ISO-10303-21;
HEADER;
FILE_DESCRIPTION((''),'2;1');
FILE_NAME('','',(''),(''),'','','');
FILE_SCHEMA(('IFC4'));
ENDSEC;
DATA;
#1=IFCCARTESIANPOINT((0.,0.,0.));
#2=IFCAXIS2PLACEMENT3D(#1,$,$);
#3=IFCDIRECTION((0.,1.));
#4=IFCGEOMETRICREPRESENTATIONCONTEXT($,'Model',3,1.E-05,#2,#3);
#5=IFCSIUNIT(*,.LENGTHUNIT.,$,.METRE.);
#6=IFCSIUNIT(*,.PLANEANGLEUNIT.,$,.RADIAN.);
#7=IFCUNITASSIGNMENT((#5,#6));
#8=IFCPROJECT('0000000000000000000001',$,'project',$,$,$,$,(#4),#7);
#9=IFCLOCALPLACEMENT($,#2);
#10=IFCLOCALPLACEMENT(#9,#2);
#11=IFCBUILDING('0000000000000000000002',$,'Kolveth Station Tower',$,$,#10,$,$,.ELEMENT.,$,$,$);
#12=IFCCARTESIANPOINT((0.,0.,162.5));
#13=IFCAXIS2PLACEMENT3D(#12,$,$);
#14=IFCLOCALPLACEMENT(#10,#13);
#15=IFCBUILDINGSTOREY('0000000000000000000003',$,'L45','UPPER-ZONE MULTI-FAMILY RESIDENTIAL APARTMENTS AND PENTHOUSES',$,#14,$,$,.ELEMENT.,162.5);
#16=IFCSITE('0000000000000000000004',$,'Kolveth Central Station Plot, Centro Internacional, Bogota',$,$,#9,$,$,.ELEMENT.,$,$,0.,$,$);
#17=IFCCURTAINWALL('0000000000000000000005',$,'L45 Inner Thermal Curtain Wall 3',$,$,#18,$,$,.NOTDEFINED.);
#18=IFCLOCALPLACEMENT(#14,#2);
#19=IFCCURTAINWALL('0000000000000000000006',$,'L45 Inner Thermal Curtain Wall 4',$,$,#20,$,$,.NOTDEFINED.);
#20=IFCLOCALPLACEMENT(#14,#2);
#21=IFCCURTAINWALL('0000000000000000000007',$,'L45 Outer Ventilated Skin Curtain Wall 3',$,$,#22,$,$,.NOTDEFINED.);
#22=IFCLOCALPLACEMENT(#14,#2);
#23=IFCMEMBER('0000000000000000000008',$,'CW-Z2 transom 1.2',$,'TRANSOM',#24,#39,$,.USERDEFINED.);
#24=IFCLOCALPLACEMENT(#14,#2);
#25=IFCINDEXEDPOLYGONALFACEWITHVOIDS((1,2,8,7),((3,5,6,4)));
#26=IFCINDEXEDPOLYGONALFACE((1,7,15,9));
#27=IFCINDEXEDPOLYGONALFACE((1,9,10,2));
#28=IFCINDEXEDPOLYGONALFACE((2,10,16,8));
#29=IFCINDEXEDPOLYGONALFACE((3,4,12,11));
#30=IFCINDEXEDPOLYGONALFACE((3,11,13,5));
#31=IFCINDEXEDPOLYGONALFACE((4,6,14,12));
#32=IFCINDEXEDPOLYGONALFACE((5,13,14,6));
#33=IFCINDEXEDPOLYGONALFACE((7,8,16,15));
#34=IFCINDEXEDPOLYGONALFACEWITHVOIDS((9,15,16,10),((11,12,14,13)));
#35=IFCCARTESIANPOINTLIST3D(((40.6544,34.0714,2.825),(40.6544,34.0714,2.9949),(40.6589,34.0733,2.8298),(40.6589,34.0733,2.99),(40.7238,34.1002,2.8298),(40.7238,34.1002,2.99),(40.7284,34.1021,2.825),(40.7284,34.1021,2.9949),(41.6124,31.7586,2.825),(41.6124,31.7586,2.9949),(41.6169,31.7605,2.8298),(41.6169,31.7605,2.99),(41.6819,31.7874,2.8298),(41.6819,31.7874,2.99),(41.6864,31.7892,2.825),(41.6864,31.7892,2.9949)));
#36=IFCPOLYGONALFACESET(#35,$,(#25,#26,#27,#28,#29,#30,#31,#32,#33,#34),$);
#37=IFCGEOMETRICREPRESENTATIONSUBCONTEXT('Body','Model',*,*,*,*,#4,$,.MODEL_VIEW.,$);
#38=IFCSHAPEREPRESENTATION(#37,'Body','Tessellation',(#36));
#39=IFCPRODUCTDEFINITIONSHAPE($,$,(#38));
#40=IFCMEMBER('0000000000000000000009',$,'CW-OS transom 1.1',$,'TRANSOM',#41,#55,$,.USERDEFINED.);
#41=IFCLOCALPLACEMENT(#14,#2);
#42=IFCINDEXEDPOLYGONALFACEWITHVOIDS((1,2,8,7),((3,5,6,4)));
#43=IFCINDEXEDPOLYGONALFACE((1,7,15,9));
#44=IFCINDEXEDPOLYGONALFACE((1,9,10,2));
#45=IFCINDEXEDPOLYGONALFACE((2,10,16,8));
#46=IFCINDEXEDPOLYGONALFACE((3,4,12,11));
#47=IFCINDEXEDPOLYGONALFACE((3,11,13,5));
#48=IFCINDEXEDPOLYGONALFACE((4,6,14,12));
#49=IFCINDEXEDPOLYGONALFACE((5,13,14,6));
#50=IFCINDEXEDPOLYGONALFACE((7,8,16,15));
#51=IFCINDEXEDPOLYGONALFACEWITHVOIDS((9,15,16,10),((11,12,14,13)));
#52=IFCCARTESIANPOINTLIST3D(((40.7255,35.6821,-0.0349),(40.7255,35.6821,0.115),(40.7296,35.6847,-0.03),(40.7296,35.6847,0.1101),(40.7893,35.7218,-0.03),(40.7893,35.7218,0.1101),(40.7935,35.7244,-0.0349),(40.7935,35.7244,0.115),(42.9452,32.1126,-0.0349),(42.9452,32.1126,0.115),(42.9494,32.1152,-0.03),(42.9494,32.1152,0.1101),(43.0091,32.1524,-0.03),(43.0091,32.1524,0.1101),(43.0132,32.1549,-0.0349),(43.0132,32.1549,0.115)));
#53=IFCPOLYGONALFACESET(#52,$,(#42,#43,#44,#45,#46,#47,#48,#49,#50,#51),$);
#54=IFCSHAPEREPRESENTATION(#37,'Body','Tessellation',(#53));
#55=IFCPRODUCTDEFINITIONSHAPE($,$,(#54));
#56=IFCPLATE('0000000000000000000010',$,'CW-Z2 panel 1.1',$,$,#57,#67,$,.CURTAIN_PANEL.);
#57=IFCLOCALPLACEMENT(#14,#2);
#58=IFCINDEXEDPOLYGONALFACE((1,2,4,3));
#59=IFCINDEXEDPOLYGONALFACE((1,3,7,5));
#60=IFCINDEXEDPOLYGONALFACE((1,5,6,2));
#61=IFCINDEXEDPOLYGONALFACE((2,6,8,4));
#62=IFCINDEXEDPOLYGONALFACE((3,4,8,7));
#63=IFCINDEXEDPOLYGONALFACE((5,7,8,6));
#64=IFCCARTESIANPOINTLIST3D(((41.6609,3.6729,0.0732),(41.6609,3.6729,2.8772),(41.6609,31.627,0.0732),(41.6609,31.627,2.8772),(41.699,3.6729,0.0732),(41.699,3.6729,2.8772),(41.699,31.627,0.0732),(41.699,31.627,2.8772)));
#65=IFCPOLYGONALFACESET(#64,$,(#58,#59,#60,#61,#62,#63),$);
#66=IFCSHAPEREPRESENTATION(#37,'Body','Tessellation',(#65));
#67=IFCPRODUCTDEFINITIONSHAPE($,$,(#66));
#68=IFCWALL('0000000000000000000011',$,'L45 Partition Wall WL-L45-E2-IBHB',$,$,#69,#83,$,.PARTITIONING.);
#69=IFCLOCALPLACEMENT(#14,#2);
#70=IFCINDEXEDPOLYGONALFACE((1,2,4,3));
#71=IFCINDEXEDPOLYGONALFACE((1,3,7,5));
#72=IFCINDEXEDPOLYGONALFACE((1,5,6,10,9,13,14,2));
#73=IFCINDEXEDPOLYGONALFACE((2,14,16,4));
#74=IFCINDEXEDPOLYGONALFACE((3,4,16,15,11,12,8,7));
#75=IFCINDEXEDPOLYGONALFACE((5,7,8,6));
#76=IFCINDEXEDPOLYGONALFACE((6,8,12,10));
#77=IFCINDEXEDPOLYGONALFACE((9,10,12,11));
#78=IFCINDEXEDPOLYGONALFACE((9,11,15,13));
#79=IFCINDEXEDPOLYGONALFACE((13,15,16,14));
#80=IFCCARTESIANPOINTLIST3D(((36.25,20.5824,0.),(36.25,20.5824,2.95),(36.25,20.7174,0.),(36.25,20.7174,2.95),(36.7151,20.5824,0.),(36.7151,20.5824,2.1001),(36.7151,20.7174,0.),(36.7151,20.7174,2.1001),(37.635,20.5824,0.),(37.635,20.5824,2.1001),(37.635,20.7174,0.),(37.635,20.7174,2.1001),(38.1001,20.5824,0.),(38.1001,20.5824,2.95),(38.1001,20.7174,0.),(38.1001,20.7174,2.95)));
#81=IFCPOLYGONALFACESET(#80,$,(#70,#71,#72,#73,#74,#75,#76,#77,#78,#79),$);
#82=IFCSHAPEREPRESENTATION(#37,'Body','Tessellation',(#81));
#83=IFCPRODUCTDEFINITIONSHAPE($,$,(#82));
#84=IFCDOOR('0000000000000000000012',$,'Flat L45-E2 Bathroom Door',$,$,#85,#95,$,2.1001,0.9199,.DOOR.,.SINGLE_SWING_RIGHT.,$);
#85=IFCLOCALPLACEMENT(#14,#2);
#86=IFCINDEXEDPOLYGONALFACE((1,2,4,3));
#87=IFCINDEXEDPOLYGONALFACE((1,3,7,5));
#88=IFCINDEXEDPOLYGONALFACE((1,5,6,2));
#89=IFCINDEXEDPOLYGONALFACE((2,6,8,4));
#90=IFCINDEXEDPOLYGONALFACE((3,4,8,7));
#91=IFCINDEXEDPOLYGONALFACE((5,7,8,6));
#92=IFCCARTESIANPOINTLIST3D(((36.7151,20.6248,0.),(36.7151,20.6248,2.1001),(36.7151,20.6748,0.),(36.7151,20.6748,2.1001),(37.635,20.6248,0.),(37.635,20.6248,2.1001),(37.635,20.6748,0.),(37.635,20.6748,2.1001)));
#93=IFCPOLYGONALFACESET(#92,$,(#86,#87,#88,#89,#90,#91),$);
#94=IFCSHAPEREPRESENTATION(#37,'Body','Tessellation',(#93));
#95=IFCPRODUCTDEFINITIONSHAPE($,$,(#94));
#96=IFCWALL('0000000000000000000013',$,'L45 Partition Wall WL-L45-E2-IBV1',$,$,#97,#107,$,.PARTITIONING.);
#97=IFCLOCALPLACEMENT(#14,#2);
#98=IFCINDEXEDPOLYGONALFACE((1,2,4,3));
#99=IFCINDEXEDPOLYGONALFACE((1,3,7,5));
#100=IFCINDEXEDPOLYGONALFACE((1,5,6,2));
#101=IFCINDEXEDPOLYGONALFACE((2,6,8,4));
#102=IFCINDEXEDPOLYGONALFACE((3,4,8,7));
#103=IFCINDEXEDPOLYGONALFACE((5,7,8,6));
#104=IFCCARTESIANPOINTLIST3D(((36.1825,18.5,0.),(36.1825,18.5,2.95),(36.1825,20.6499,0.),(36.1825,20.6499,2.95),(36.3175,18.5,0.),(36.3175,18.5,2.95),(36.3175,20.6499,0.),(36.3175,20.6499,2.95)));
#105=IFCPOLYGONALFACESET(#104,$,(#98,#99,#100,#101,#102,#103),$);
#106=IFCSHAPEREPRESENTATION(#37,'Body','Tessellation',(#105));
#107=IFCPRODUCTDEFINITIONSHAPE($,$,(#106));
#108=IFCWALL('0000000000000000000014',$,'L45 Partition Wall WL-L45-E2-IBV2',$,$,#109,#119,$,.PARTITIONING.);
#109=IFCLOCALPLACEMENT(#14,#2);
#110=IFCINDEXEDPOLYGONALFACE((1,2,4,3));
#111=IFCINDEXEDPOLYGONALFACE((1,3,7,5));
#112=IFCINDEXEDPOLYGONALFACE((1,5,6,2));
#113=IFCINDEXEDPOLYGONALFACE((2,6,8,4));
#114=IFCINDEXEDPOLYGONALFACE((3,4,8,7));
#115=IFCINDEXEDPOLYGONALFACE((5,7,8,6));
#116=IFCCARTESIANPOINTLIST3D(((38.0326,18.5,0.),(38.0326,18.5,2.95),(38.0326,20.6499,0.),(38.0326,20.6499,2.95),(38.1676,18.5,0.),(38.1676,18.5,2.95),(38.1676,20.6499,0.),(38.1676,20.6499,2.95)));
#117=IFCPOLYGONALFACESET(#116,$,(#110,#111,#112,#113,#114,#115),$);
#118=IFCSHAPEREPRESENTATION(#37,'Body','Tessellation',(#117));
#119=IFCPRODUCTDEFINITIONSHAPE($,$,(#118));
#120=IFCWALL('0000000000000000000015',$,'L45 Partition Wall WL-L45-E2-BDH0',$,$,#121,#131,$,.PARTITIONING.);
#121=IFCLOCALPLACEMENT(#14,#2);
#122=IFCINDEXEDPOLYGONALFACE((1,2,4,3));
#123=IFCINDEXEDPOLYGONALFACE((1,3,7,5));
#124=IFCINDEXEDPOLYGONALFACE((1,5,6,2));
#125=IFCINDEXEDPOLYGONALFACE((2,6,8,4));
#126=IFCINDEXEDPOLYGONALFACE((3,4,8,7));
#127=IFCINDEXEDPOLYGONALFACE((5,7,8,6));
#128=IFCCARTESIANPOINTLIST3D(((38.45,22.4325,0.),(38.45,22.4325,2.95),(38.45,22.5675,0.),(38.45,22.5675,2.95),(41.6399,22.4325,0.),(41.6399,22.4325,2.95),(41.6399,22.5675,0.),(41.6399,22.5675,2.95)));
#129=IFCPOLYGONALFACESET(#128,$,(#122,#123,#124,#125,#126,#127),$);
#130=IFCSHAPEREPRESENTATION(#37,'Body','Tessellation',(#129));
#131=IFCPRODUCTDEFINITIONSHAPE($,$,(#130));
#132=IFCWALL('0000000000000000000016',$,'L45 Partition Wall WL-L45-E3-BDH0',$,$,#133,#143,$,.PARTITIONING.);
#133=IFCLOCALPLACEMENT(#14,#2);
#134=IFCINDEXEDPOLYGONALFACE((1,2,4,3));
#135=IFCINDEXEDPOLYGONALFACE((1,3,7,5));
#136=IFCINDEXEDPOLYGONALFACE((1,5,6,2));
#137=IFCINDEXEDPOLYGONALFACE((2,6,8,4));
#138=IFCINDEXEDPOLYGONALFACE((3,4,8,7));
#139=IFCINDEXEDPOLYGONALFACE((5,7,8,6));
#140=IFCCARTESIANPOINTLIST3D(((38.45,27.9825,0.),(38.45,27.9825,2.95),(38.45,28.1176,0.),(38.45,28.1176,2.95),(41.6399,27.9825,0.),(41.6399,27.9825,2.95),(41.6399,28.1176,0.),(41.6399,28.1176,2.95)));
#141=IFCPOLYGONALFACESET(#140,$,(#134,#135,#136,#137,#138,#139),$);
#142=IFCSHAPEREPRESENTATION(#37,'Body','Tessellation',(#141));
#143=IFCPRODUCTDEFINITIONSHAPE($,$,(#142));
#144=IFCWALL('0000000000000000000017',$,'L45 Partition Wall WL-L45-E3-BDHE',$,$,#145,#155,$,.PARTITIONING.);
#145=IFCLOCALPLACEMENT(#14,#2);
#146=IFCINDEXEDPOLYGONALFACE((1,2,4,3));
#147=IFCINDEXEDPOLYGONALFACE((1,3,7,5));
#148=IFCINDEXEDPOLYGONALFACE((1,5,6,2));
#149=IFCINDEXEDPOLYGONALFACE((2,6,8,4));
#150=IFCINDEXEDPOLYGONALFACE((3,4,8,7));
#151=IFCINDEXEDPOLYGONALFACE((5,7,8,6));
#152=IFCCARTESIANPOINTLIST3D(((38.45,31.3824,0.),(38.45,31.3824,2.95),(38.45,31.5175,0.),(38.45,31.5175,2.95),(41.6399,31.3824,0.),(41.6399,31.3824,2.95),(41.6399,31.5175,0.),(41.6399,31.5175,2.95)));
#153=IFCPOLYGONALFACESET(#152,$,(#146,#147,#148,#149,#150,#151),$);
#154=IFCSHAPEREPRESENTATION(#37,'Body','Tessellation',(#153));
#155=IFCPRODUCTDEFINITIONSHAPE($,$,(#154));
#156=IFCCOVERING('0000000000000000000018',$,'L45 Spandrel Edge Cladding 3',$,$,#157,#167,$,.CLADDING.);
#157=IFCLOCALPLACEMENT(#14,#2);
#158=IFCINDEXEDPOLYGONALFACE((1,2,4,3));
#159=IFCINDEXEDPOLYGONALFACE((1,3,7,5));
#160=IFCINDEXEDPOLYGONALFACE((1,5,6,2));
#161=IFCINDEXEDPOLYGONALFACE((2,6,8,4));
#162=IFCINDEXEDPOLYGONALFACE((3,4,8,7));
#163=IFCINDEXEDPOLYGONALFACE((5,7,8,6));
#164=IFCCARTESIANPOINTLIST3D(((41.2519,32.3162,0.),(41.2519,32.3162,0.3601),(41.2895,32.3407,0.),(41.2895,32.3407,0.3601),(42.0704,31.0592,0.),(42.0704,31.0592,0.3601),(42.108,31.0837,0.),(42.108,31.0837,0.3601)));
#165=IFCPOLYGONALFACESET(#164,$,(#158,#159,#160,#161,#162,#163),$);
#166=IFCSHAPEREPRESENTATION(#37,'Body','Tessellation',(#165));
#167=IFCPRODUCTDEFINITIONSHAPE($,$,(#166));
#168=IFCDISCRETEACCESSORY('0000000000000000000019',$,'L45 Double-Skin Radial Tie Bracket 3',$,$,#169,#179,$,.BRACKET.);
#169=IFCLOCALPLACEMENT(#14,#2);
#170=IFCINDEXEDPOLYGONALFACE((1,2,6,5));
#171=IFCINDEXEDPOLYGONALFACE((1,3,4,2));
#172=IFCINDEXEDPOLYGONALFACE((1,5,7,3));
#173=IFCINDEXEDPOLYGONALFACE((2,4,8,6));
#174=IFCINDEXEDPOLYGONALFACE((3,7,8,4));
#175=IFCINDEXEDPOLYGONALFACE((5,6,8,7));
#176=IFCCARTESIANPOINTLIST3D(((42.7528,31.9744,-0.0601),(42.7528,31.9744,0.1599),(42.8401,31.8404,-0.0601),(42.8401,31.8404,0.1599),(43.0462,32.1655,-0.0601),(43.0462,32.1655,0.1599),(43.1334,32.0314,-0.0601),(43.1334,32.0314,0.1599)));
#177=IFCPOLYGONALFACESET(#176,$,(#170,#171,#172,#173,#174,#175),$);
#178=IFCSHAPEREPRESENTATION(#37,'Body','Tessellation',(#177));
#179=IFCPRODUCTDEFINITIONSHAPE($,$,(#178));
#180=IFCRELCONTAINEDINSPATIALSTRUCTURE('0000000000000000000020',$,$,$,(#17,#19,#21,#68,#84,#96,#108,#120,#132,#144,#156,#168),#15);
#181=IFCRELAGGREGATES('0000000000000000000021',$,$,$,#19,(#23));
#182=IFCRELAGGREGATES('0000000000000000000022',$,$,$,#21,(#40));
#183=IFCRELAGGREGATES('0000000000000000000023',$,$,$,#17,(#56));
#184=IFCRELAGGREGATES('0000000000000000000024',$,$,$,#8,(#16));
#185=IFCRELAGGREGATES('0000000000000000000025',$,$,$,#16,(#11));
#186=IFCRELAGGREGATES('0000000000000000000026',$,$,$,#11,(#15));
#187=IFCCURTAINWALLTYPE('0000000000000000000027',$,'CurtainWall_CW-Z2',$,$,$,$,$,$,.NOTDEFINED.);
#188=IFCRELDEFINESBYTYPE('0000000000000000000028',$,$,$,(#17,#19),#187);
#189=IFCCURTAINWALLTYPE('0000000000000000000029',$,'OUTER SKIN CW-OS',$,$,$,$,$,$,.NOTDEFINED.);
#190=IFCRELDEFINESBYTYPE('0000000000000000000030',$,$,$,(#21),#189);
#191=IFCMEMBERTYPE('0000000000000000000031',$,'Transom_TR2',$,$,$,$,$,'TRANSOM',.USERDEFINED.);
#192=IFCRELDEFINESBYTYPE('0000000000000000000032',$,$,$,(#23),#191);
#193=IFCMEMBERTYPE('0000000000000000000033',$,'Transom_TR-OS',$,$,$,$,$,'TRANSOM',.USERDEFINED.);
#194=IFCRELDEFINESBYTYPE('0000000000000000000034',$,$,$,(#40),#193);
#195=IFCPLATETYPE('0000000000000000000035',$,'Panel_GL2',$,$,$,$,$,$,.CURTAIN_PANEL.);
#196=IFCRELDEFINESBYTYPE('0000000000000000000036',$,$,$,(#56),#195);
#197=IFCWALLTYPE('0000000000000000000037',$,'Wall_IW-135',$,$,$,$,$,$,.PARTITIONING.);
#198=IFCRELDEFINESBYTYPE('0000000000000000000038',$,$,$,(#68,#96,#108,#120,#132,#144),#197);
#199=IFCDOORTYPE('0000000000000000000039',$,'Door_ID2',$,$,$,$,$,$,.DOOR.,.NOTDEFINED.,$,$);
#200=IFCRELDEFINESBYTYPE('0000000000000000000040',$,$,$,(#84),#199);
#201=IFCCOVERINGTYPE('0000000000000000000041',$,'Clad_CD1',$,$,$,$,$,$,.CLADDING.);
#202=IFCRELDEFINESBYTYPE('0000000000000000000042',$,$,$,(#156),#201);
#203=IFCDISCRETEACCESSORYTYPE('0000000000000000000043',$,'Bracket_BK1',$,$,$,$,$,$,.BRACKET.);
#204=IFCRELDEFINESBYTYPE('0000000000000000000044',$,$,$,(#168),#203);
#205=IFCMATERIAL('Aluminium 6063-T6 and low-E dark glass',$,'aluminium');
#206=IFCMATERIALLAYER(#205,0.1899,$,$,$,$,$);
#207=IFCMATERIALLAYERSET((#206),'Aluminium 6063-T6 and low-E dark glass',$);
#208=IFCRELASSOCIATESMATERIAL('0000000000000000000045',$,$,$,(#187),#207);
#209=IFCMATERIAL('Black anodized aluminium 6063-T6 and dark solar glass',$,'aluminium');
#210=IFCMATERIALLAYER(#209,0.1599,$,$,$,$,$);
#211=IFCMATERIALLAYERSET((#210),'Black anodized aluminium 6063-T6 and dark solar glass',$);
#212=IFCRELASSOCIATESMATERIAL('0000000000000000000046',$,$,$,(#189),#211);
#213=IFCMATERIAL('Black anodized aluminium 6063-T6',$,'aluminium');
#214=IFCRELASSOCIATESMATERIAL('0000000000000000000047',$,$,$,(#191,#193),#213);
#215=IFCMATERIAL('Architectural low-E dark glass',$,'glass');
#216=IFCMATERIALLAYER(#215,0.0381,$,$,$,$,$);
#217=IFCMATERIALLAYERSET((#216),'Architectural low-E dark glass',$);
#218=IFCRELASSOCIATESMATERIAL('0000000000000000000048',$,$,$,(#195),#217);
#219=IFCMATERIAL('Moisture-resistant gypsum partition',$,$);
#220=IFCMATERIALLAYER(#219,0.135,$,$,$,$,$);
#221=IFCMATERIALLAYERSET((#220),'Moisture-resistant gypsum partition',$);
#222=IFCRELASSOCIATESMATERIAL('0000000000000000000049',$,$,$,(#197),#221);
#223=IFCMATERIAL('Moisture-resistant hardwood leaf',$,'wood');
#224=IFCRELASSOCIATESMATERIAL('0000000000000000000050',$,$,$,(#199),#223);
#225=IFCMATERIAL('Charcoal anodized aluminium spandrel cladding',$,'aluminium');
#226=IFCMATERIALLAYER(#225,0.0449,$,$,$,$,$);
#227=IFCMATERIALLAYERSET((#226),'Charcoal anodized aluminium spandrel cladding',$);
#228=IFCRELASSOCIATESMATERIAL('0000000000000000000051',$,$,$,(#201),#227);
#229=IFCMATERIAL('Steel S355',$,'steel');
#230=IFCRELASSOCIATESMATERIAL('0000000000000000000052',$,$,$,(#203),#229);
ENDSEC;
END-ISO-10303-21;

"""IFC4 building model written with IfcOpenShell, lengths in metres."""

from ifc_helpers import new_model, si_unit, direction, frame, frame_2d, origin, origin_2d, place, context, subcontext, project, spatial, rectangle, hollow_rectangle, extrude, source, transform, mapped, material, layer, layer_set, material_profile, profile_set, type_object, element, fill, aggregate, save


model = new_model("IFC4")

# Units and contexts
model_context = context("Model", 3, precision=1e-05, world=origin(), true_north=direction((0.0, 1.0)))
body_context = subcontext(model_context, "Body", "Model", "MODEL_VIEW")
ifc_project = project(units=[si_unit("LENGTHUNIT", "METRE"), si_unit("PLANEANGLEUNIT", "RADIAN")], contexts=[model_context])

# Site, building, storey
site_placement = place(None, origin())
site = spatial("IfcSite", under=ifc_project, at=site_placement, Name="Kolveth Central Station Plot, Centro Internacional, Bogota", CompositionType="ELEMENT", RefElevation=0.0)
building_placement = place(site_placement, origin())
building = spatial("IfcBuilding", under=site, at=building_placement, Name="Kolveth Station Tower", CompositionType="ELEMENT")
storey_placement = place(building_placement, frame((0.0, 0.0, 162.5)))
storey = spatial("IfcBuildingStorey", under=building, at=storey_placement, Name="L45", Description="UPPER-ZONE MULTI-FAMILY RESIDENTIAL APARTMENTS AND PENTHOUSES", CompositionType="ELEMENT", Elevation=162.5)

# Shared definitions
ifc_material_1 = material(Name="Steel S355", Category="steel")

# Curtain walls
ifc_material_2 = material(Name="Aluminium 6063-T6 and low-E dark glass", Category="aluminium")
ifc_layer_1 = layer(ifc_material_2, 0.1899)
ifc_layer_set_1 = layer_set([ifc_layer_1], Name="Aluminium 6063-T6 and low-E dark glass")
curtain_wall_type_1 = type_object("IfcCurtainWallType", Name="CurtainWall_CW-Z2", PredefinedType="NOTDEFINED", material=ifc_layer_set_1)
curtain_wall_1_placement = place(storey_placement, origin())
curtain_wall_1 = element("IfcCurtainWall", 1, at=curtain_wall_1_placement, inside=storey, type_object=curtain_wall_type_1, Name="L45 Inner Thermal Curtain Wall 3", PredefinedType="NOTDEFINED")
ifc_material_3 = material(Name="Black anodized aluminium 6063-T6", Category="aluminium")
curtain_wall_2_placement = place(storey_placement, origin())
curtain_wall_2 = element("IfcCurtainWall", 2, at=curtain_wall_2_placement, inside=storey, type_object=curtain_wall_type_1, Name="L45 Inner Thermal Curtain Wall 4", PredefinedType="NOTDEFINED")
ifc_material_4 = material(Name="Black anodized aluminium 6063-T6 and dark solar glass", Category="aluminium")
ifc_layer_2 = layer(ifc_material_4, 0.1599)
ifc_layer_set_2 = layer_set([ifc_layer_2], Name="Black anodized aluminium 6063-T6 and dark solar glass")
curtain_wall_type_2 = type_object("IfcCurtainWallType", Name="OUTER SKIN CW-OS", PredefinedType="NOTDEFINED", material=ifc_layer_set_2)
curtain_wall_3_placement = place(storey_placement, origin())
curtain_wall_3 = element("IfcCurtainWall", 3, at=curtain_wall_3_placement, inside=storey, type_object=curtain_wall_type_2, Name="L45 Outer Ventilated Skin Curtain Wall 3", PredefinedType="NOTDEFINED")

# Members
ifc_material_profile_1 = material_profile(ifc_material_3, hollow_rectangle(XDim=0.0801, YDim=0.1699, WallThickness=0.0049, at=origin_2d()), Name="ALU-80x170x5")
ifc_profile_set_1 = profile_set([ifc_material_profile_1], Name="Black anodized aluminium 6063-T6")
member_type_1 = type_object("IfcMemberType", Name="Transom_TR2", ElementType="TRANSOM", PredefinedType="USERDEFINED", material=ifc_profile_set_1)
shared_shape_1 = source(origin(), body_context, "Body", "SweptSolid", [
    extrude(hollow_rectangle(XDim=0.0801, YDim=0.1699, WallThickness=0.0049, at=origin_2d()), origin(), (0.0, 0.0, 1.0), 2.5034),
])
member_1_placement = place(storey_placement, frame((41.6494, 31.7739, 2.9099), z_axis=(-0.382696, 0.923874, 0.0), x_axis=(-0.923874, -0.382696, 0.0)))
member_1 = element("IfcMember", 4, at=member_1_placement, type_object=member_type_1, Name="CW-Z2 transom 1.2", ObjectType="TRANSOM", PredefinedType="USERDEFINED", context=body_context, shape_type="MappedRepresentation", body=[
    mapped(shared_shape_1, transform((0.0, 0.0, 0.0), x_axis=(1.0, 0.0, 0.0), y_axis=(0.0, 1.0, 0.0), z_axis=(0.0, 0.0, 1.0), scale=1.0)),
])
aggregate(curtain_wall_2, [member_1])
ifc_material_profile_2 = material_profile(ifc_material_3, hollow_rectangle(XDim=0.0801, YDim=0.1499, WallThickness=0.0049, at=origin_2d()), Name="ALU-80x150x5")
ifc_profile_set_2 = profile_set([ifc_material_profile_2], Name="Black anodized aluminium 6063-T6")
member_type_2 = type_object("IfcMemberType", Name="Transom_TR-OS", ElementType="TRANSOM", PredefinedType="USERDEFINED", material=ifc_profile_set_2)
shared_shape_2 = source(origin(), body_context, "Body", "SweptSolid", [
    extrude(hollow_rectangle(XDim=0.0801, YDim=0.1499, WallThickness=0.0049, at=origin_2d()), origin(), (0.0, 0.0, 1.0), 4.2034),
])
member_2_placement = place(storey_placement, frame((42.9792, 32.1338, 0.04), z_axis=(-0.528097, 0.849184, 0.0), x_axis=(-0.849184, -0.528097, 0.0)))
member_2 = element("IfcMember", 5, at=member_2_placement, type_object=member_type_2, Name="CW-OS transom 1.1", ObjectType="TRANSOM", PredefinedType="USERDEFINED", context=body_context, shape_type="MappedRepresentation", body=[
    mapped(shared_shape_2, transform((0.0, 0.0, 0.0), x_axis=(1.0, 0.0, 0.0), y_axis=(0.0, 1.0, 0.0), z_axis=(0.0, 0.0, 1.0), scale=1.0)),
])
aggregate(curtain_wall_3, [member_2])

# Plate
ifc_material_5 = material(Name="Architectural low-E dark glass", Category="glass")
ifc_layer_3 = layer(ifc_material_5, 0.0381)
ifc_layer_set_3 = layer_set([ifc_layer_3], Name="Architectural low-E dark glass")
plate_type = type_object("IfcPlateType", Name="Panel_GL2", PredefinedType="CURTAIN_PANEL", material=ifc_layer_set_3)
shared_shape_3 = source(origin(), body_context, "Body", "SweptSolid", [
    extrude(rectangle(XDim=27.9541, YDim=0.0381, at=origin_2d()), origin(), (0.0, 0.0, 1.0), 2.804),
])
plate_placement = place(storey_placement, frame((41.6799, 17.6499, 0.0732), z_axis=(0.0, 0.0, 1.0), x_axis=(0.0, 1.0, 0.0)))
plate = element("IfcPlate", 6, at=plate_placement, type_object=plate_type, Name="CW-Z2 panel 1.1", PredefinedType="CURTAIN_PANEL", context=body_context, shape_type="MappedRepresentation", body=[
    mapped(shared_shape_3, transform((0.0, 0.0, 0.0), x_axis=(1.0, 0.0, 0.0), y_axis=(0.0, 1.0, 0.0), z_axis=(0.0, 0.0, 1.0), scale=1.0)),
])
aggregate(curtain_wall_1, [plate])

# Wall, opening, door
ifc_material_6 = material(Name="Moisture-resistant gypsum partition")
ifc_layer_4 = layer(ifc_material_6, 0.135)
ifc_layer_set_4 = layer_set([ifc_layer_4], Name="Moisture-resistant gypsum partition")
wall_type = type_object("IfcWallType", Name="Wall_IW-135", PredefinedType="PARTITIONING", material=ifc_layer_set_4)
wall_1_placement = place(storey_placement, frame((36.25, 20.6499, 0.0), z_axis=(0.0, 0.0, 1.0), x_axis=(1.0, 0.0, 0.0)))
wall_1 = element("IfcWall", 7, at=wall_1_placement, inside=storey, type_object=wall_type, Name="L45 Partition Wall WL-L45-E2-IBHB", PredefinedType="PARTITIONING", context=body_context, shape_type="SweptSolid", body=[
    extrude(rectangle(XDim=1.8501, YDim=0.135, at=frame_2d((0.925, 0.0))), origin(), (0.0, 0.0, 1.0), 2.95),
])
opening_1_placement = place(wall_1_placement, frame((0.4651, 0.0, 0.0)))
opening_1 = element("IfcOpeningElement", 8, at=opening_1_placement, cuts=wall_1, PredefinedType="OPENING", context=body_context, shape_type="SweptSolid", body=[
    extrude(rectangle(XDim=0.9199, YDim=2.1001, at=frame_2d((0.46, 1.05))), frame((0.0, 0.0774, 0.0), z_axis=(0.0, -1.0, 0.0), x_axis=(1.0, 0.0, 0.0)), (0.0, 0.0, 1.0), 0.155),
])
ifc_material_7 = material(Name="Moisture-resistant hardwood leaf", Category="wood")
door_type_1 = type_object("IfcDoorType", Name="Door_ID2", OperationType="NOTDEFINED", PredefinedType="DOOR", material=ifc_material_7)
door_1_placement = place(opening_1_placement, origin())
door_1 = element("IfcDoor", 9, at=door_1_placement, inside=storey, type_object=door_type_1, Name="Flat L45-E2 Bathroom Door", OperationType="SINGLE_SWING_RIGHT", OverallHeight=2.1001, OverallWidth=0.9199, PredefinedType="DOOR", context=body_context, shape_type="SweptSolid", body=[
    extrude(rectangle(XDim=0.9199, YDim=2.1001, at=frame_2d((0.46, 1.05))), frame((0.0, 0.0249, 0.0), z_axis=(0.0, -1.0, 0.0), x_axis=(1.0, 0.0, 0.0)), (0.0, 0.0, 1.0), 0.05),
])
fill(opening_1, door_1)

# Walls
for number, where, z_axis, x_axis, name in (
    (10, (36.25, 18.5, 0.0), (0.0, 0.0, 1.0), (0.0, 1.0, 0.0), "L45 Partition Wall WL-L45-E2-IBV1"),
    (11, (38.1001, 18.5, 0.0), (0.0, 0.0, 1.0), (0.0, 1.0, 0.0), "L45 Partition Wall WL-L45-E2-IBV2"),
):
    element("IfcWall", number, at=place(storey_placement, frame(where, z_axis=z_axis, x_axis=x_axis)), inside=storey, type_object=wall_type, Name=name, PredefinedType="PARTITIONING", context=body_context, shape_type="SweptSolid", body=[
        extrude(rectangle(XDim=2.1499, YDim=0.135, at=frame_2d((1.075, 0.0))), origin(), (0.0, 0.0, 1.0), 2.95),
    ])
wall_2_placement = place(storey_placement, frame((38.45, 22.5, 0.0), z_axis=(0.0, 0.0, 1.0), x_axis=(1.0, 0.0, 0.0)))
element("IfcWall", 12, at=wall_2_placement, inside=storey, type_object=wall_type, Name="L45 Partition Wall WL-L45-E2-BDH0", PredefinedType="PARTITIONING", context=body_context, shape_type="SweptSolid", body=[
    extrude(rectangle(XDim=3.1899, YDim=0.135, at=frame_2d((1.595, 0.0))), origin(), (0.0, 0.0, 1.0), 2.95),
])

# Walls
for number, where, z_axis, x_axis, name in (
    (13, (38.45, 28.05, 0.0), (0.0, 0.0, 1.0), (1.0, 0.0, 0.0), "L45 Partition Wall WL-L45-E3-BDH0"),
    (14, (38.45, 31.45, 0.0), (0.0, 0.0, 1.0), (1.0, 0.0, 0.0), "L45 Partition Wall WL-L45-E3-BDHE"),
):
    element("IfcWall", number, at=place(storey_placement, frame(where, z_axis=z_axis, x_axis=x_axis)), inside=storey, type_object=wall_type, Name=name, PredefinedType="PARTITIONING", context=body_context, shape_type="SweptSolid", body=[
        extrude(rectangle(XDim=3.1899, YDim=0.135, at=frame_2d((1.595, 0.0))), origin(), (0.0, 0.0, 1.0), 2.95),
    ])

# Covering
ifc_material_8 = material(Name="Charcoal anodized aluminium spandrel cladding", Category="aluminium")
ifc_layer_5 = layer(ifc_material_8, 0.0449)
ifc_layer_set_5 = layer_set([ifc_layer_5], Name="Charcoal anodized aluminium spandrel cladding")
covering_type = type_object("IfcCoveringType", Name="Clad_CD1", PredefinedType="CLADDING", material=ifc_layer_set_5)
shared_shape_4 = source(origin(), body_context, "Body", "SweptSolid", [
    extrude(rectangle(XDim=1.5, YDim=0.0449, at=origin_2d()), origin(), (0.0, 0.0, 1.0), 0.3601),
])
covering_placement = place(storey_placement, frame((41.6799, 31.7, 0.0), z_axis=(0.0, 0.0, 1.0), x_axis=(-0.545663, 0.838005, 0.0)))
element("IfcCovering", 15, at=covering_placement, inside=storey, type_object=covering_type, Name="L45 Spandrel Edge Cladding 3", PredefinedType="CLADDING", context=body_context, shape_type="MappedRepresentation", body=[
    mapped(shared_shape_4, transform((0.0, 0.0, 0.0), x_axis=(1.0, 0.0, 0.0), y_axis=(0.0, 1.0, 0.0), z_axis=(0.0, 0.0, 1.0), scale=1.0)),
])

# Discrete accessory
discrete_accessory_type = type_object("IfcDiscreteAccessoryType", Name="Bracket_BK1", PredefinedType="BRACKET", material=ifc_material_1)
shared_shape_5 = source(origin(), body_context, "Body", "SweptSolid", [
    extrude(rectangle(XDim=0.3501, YDim=0.1599, at=origin_2d()), origin(), (0.0, 0.0, 1.0), 0.22),
])
discrete_accessory_placement = place(storey_placement, frame((42.9431, 32.0029, -0.0601), z_axis=(0.0, 0.0, 1.0), x_axis=(0.838005, 0.545663, 0.0)))
element("IfcDiscreteAccessory", 16, at=discrete_accessory_placement, inside=storey, type_object=discrete_accessory_type, Name="L45 Double-Skin Radial Tie Bracket 3", PredefinedType="BRACKET", context=body_context, shape_type="MappedRepresentation", body=[
    mapped(shared_shape_5, transform((0.0, 0.0, 0.0), x_axis=(1.0, 0.0, 0.0), y_axis=(0.0, 1.0, 0.0), z_axis=(0.0, 0.0, 1.0), scale=1.0)),
])

save(model, "model.ifc")
